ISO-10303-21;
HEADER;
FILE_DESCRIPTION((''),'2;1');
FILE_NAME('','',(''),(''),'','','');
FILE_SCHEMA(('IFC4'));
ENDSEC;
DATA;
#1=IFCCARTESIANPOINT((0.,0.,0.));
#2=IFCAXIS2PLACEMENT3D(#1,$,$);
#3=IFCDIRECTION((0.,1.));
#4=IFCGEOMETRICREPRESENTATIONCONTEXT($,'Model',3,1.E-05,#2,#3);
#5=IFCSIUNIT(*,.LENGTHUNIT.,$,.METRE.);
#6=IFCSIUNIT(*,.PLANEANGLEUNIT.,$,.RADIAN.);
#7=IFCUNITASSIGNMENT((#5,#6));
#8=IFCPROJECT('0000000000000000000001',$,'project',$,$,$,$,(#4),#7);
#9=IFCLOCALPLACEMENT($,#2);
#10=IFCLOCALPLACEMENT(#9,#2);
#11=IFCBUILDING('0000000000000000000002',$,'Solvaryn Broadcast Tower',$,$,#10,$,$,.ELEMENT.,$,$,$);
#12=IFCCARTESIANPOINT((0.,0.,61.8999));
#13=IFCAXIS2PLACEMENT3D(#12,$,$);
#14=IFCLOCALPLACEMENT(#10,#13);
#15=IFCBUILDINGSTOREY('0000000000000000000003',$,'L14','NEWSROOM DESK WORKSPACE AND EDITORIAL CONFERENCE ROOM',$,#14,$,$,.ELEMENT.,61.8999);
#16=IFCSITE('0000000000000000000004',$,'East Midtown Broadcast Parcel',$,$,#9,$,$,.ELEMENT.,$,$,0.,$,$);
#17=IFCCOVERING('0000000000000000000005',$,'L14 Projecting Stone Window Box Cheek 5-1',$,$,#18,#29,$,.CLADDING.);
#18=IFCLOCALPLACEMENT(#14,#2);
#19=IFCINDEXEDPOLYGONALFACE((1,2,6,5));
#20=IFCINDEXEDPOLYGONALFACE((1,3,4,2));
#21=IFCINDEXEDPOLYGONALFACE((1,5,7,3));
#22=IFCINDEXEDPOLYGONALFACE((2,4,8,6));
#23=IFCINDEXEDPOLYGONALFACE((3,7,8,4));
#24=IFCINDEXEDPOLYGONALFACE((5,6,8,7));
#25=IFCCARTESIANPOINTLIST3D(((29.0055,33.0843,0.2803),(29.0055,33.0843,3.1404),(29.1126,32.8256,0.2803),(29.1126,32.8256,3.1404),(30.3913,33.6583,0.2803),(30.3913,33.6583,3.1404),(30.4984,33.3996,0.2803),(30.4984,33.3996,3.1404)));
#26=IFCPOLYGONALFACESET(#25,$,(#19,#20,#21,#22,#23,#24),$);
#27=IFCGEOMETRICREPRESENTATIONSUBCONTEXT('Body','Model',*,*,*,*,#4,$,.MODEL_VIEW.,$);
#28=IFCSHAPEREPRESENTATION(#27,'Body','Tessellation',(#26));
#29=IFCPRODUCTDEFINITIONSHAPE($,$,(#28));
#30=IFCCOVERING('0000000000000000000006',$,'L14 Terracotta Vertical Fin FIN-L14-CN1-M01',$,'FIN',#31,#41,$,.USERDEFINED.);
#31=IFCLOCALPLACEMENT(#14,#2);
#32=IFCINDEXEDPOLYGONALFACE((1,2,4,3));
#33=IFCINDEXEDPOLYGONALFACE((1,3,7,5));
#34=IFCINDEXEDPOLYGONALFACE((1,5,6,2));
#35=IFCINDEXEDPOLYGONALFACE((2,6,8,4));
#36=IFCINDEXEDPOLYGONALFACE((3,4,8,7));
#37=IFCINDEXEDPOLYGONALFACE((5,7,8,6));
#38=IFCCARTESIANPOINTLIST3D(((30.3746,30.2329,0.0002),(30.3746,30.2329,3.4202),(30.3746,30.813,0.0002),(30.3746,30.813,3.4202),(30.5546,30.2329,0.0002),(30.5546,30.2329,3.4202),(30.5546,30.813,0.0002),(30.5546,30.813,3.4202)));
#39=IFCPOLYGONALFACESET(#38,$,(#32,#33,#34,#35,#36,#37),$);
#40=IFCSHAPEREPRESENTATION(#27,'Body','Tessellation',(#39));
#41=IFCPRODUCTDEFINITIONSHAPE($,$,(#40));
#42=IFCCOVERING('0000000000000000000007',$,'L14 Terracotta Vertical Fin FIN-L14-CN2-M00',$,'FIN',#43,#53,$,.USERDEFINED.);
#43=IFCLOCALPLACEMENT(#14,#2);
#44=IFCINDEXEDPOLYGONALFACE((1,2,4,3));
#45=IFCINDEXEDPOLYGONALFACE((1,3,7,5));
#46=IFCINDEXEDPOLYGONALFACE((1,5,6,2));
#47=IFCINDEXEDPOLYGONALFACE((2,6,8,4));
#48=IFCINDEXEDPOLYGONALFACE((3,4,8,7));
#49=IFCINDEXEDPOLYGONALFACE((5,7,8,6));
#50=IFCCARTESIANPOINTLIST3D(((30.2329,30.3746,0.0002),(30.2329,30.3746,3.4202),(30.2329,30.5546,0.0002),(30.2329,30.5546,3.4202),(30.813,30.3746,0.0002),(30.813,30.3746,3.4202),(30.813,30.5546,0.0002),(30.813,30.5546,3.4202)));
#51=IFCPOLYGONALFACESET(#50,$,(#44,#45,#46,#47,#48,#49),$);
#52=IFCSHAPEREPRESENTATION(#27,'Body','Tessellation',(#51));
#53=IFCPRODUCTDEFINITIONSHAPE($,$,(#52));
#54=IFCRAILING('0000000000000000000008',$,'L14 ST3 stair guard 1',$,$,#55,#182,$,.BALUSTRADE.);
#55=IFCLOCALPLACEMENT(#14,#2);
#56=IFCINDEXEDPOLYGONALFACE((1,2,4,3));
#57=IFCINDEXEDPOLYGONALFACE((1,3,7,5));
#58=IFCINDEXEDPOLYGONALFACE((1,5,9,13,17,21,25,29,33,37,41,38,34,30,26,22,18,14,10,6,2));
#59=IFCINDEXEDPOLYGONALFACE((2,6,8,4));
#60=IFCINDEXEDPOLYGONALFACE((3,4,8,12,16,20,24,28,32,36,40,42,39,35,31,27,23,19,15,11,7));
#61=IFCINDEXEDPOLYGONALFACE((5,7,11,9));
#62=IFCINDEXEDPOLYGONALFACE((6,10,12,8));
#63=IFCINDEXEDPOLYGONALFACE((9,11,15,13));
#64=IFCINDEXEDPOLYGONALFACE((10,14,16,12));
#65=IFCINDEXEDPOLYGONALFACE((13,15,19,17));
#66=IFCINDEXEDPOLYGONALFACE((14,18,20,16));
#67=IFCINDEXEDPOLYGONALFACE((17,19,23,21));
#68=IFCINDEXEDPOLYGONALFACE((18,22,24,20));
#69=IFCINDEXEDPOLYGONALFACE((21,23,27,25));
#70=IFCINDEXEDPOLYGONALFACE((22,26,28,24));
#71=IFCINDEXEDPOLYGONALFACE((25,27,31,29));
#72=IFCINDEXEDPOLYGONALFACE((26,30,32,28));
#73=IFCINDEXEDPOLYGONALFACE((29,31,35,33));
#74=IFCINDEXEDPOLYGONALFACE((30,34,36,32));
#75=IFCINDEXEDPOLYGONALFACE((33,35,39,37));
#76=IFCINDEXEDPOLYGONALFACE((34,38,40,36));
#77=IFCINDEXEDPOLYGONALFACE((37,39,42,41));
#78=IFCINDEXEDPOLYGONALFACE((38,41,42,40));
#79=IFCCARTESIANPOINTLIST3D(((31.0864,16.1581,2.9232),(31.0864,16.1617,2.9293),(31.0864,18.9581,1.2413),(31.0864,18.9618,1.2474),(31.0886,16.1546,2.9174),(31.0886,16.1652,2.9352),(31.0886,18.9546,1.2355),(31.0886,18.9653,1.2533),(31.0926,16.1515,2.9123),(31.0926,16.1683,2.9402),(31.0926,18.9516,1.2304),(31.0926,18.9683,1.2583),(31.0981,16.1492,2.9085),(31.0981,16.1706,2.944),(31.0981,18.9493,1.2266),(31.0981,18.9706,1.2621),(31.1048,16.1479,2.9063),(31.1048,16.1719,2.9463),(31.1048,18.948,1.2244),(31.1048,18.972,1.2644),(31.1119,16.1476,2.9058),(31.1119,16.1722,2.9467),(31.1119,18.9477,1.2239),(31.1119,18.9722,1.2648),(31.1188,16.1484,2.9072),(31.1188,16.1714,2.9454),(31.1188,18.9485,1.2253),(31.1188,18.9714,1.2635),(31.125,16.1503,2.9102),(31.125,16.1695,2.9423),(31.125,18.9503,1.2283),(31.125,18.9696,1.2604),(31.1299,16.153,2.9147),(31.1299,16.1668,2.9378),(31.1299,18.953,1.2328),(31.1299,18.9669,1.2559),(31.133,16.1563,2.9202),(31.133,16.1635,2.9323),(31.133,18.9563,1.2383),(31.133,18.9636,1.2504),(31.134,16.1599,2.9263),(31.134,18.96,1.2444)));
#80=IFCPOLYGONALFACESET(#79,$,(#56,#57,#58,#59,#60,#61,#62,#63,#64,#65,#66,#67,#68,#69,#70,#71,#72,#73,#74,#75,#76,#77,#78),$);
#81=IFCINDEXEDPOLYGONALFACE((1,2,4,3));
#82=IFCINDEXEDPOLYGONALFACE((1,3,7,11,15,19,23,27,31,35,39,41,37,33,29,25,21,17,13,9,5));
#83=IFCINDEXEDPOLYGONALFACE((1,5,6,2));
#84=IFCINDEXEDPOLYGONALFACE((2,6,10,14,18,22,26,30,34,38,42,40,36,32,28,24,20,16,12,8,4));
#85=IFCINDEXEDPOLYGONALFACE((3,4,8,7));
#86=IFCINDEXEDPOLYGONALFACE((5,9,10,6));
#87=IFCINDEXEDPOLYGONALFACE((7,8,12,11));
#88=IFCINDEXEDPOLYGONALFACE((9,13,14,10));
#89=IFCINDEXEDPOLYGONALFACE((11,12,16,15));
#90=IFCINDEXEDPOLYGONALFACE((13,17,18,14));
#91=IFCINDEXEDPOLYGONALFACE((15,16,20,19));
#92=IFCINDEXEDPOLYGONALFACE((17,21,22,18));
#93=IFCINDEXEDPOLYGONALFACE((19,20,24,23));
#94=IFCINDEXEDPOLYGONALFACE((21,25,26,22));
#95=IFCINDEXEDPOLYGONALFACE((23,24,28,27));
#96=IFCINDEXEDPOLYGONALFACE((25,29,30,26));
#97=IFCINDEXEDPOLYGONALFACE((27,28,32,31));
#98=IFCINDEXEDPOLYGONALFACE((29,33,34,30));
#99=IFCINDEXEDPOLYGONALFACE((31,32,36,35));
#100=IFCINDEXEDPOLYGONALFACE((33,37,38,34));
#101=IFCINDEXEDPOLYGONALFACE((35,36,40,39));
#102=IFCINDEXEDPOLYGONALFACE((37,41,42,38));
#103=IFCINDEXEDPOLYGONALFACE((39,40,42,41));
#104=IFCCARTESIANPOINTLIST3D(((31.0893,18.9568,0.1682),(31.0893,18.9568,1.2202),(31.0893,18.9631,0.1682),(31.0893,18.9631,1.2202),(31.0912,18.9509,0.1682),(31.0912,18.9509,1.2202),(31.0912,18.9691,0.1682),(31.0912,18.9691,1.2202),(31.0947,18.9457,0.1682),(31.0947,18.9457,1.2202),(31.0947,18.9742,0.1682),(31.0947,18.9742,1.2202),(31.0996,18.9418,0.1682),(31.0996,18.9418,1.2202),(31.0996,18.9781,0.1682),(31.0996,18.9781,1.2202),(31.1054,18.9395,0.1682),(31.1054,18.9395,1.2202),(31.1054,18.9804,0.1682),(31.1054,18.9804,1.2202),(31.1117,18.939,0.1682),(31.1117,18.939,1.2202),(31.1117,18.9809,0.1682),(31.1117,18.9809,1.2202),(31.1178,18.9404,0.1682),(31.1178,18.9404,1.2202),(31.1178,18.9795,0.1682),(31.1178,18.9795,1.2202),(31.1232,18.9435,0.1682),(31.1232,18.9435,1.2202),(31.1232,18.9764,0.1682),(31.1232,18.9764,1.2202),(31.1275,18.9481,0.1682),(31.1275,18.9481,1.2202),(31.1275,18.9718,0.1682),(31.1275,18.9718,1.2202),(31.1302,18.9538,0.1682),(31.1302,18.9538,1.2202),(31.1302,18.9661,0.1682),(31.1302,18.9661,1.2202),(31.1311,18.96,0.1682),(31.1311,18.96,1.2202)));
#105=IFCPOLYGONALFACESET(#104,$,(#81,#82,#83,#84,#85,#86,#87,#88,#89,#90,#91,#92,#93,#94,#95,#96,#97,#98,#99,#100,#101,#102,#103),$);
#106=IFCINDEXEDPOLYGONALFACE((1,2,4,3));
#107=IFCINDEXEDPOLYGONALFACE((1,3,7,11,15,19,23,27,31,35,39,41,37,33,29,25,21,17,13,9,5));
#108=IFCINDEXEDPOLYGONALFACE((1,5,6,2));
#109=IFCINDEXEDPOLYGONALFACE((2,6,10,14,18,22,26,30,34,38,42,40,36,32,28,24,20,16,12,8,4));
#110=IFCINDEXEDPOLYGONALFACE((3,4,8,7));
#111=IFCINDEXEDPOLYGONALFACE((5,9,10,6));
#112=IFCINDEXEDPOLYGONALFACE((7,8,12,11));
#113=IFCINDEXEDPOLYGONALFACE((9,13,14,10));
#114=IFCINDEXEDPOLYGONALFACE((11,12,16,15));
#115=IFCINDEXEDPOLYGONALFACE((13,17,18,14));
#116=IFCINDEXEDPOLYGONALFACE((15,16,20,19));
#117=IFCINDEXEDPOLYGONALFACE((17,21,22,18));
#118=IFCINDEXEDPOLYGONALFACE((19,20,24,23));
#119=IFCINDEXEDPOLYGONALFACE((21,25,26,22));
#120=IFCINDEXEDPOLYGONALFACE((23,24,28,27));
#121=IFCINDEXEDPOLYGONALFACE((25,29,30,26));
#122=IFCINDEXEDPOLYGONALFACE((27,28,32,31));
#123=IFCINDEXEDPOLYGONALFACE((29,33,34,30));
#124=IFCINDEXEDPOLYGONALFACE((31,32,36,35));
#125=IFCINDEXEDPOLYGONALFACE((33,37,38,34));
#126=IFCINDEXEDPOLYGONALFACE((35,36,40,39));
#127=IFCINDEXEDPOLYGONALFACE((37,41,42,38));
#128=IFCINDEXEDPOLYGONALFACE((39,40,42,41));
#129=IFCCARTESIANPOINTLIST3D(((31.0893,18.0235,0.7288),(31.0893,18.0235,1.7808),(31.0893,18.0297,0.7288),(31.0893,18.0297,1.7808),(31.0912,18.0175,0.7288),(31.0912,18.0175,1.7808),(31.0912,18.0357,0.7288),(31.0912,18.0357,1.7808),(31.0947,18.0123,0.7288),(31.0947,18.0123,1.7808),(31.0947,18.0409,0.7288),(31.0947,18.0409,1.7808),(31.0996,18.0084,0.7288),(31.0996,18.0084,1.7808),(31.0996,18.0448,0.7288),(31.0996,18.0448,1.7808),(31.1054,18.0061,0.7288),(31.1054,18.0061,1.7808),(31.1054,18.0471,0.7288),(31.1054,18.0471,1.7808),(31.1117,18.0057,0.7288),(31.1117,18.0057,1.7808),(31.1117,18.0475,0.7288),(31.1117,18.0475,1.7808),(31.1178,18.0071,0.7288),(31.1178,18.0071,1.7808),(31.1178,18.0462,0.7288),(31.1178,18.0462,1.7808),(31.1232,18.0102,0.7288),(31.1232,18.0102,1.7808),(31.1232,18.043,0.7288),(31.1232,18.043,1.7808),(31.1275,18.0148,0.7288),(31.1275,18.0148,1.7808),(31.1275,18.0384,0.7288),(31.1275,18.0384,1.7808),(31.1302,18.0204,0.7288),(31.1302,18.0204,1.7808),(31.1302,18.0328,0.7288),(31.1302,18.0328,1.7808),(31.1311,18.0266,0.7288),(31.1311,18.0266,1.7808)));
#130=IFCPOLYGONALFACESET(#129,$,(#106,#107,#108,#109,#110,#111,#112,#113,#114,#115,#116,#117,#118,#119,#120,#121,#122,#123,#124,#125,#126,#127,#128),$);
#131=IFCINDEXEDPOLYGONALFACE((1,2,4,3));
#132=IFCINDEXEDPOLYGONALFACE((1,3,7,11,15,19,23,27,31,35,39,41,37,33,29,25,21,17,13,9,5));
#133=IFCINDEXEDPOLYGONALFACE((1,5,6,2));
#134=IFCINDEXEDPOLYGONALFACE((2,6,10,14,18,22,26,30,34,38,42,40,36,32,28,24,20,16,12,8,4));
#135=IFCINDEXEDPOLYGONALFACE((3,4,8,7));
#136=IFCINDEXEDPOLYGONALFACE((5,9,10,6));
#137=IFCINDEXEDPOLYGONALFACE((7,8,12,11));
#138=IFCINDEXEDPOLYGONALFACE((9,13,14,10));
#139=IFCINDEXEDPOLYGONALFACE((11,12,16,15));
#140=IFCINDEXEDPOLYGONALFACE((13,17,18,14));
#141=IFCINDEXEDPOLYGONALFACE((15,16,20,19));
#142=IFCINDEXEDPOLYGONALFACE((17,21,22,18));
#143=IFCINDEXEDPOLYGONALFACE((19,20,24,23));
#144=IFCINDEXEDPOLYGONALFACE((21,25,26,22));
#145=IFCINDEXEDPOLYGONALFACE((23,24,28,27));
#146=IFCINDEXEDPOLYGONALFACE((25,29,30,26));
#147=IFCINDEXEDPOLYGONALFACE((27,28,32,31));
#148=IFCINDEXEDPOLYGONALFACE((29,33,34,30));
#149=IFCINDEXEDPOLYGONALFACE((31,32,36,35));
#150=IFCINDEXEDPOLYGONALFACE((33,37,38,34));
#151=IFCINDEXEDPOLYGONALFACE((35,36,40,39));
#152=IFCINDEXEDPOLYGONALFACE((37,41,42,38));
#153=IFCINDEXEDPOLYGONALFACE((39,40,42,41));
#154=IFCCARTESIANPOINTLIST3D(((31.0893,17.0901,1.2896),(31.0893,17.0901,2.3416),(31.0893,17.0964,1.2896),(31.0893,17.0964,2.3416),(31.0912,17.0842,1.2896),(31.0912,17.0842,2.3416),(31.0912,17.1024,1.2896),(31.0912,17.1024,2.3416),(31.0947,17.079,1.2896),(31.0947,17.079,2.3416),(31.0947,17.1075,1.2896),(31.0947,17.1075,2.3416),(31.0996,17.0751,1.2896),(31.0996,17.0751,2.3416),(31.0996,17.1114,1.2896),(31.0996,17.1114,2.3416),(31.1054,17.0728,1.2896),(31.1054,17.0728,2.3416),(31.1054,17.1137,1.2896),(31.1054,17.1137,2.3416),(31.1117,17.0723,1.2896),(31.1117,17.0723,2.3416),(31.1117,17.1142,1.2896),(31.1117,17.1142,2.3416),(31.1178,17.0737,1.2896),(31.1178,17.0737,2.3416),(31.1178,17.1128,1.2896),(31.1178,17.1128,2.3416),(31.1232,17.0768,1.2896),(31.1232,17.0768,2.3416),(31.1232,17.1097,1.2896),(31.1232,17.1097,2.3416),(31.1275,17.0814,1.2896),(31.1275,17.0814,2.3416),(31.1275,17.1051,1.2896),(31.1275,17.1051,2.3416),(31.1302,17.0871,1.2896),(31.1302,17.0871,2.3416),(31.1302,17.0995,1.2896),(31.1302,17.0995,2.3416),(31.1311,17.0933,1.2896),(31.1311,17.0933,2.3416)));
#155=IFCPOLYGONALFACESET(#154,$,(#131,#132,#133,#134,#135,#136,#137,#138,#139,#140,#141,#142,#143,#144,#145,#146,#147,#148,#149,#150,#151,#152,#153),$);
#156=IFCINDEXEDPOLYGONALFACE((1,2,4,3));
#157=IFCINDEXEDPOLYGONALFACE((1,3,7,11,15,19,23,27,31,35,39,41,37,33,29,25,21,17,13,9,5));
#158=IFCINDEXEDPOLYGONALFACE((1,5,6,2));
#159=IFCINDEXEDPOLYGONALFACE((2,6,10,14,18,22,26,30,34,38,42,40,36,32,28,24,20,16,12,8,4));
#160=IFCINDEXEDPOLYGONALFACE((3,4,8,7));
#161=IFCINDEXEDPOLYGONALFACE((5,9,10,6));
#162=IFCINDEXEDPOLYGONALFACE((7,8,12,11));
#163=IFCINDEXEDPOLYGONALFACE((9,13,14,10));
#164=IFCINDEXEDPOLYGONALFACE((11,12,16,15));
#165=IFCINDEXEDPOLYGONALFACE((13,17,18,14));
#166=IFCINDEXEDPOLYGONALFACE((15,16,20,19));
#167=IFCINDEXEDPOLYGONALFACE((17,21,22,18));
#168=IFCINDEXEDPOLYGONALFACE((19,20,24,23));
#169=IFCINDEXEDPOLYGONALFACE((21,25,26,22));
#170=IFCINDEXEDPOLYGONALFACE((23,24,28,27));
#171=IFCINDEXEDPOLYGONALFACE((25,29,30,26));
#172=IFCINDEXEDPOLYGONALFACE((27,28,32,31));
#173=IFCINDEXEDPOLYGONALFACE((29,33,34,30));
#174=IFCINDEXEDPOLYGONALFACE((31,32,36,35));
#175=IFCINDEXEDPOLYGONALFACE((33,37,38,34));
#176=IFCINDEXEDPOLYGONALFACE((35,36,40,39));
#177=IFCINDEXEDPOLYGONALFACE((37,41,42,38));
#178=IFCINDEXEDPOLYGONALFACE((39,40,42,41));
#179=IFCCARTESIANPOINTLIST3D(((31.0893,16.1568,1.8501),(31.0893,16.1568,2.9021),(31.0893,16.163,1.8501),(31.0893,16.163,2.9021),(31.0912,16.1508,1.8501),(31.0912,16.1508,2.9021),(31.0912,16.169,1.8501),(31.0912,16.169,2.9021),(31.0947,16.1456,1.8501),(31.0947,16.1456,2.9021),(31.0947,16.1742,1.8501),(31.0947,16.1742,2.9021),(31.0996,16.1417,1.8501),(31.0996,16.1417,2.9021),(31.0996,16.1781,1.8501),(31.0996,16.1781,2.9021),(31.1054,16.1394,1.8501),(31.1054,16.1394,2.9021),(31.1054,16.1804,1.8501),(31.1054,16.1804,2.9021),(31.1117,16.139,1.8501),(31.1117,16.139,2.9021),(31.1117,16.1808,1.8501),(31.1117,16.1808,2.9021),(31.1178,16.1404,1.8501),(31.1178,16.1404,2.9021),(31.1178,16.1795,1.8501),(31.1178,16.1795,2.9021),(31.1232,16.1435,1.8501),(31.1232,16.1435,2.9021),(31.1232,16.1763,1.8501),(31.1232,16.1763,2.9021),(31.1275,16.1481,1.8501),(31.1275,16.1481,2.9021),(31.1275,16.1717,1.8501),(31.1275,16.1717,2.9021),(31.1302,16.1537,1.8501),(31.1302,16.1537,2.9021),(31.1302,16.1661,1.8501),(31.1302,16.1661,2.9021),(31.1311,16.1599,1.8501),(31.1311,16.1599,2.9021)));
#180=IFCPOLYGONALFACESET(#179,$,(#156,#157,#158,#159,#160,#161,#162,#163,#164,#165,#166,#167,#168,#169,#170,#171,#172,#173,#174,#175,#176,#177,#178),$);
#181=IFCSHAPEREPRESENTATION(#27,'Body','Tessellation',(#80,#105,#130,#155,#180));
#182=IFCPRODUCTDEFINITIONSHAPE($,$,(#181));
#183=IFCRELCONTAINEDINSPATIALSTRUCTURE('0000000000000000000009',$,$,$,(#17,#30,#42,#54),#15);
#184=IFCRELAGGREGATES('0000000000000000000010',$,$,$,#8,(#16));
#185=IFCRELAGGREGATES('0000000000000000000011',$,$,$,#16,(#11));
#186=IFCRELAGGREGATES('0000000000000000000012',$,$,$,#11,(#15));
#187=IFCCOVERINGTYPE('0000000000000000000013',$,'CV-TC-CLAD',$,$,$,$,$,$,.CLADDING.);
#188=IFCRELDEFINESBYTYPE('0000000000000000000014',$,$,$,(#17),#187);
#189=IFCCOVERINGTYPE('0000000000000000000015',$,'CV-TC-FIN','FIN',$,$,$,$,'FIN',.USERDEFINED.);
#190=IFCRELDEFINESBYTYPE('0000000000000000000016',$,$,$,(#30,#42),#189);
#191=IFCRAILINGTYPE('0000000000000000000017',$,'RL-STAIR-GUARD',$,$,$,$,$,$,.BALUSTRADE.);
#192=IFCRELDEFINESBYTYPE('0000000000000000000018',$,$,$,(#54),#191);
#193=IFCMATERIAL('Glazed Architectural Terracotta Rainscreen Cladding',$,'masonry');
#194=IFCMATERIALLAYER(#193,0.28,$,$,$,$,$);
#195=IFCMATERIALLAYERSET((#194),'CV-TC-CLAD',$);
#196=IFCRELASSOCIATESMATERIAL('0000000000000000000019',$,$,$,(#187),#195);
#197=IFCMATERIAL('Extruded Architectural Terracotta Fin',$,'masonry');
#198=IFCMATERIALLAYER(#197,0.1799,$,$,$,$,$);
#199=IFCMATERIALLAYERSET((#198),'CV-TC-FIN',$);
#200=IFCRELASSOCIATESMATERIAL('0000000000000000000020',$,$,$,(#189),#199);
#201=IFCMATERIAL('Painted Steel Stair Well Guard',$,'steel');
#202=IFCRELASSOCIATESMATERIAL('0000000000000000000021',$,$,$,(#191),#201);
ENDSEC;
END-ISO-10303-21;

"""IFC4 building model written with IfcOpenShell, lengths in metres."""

from ifc_helpers import new_model, si_unit, direction, frame, origin, origin_2d, place, context, subcontext, project, spatial, rectangle, circle, extrude, material, layer, layer_set, type_object, element, save


model = new_model("IFC4")

# Units and contexts
model_context = context("Model", 3, precision=1e-05, world=origin(), true_north=direction((0.0, 1.0)))
body_context = subcontext(model_context, "Body", "Model", "MODEL_VIEW")
ifc_project = project(units=[si_unit("LENGTHUNIT", "METRE"), si_unit("PLANEANGLEUNIT", "RADIAN")], contexts=[model_context])

# Site, building, storey
site_placement = place(None, origin())
site = spatial("IfcSite", under=ifc_project, at=site_placement, Name="East Midtown Broadcast Parcel", CompositionType="ELEMENT", RefElevation=0.0)
building_placement = place(site_placement, origin())
building = spatial("IfcBuilding", under=site, at=building_placement, Name="Solvaryn Broadcast Tower", CompositionType="ELEMENT")
storey_placement = place(building_placement, frame((0.0, 0.0, 61.8999)))
storey = spatial("IfcBuildingStorey", under=building, at=storey_placement, Name="L14", Description="NEWSROOM DESK WORKSPACE AND EDITORIAL CONFERENCE ROOM", CompositionType="ELEMENT", Elevation=61.8999)

# Coverings
ifc_material_1 = material(Name="Glazed Architectural Terracotta Rainscreen Cladding", Category="masonry")
ifc_layer_1 = layer(ifc_material_1, 0.28)
ifc_layer_set_1 = layer_set([ifc_layer_1], Name="CV-TC-CLAD")
covering_type_1 = type_object("IfcCoveringType", Name="CV-TC-CLAD", PredefinedType="CLADDING", material=ifc_layer_set_1)
covering_1_placement = place(storey_placement, frame((29.752, 33.2419, 0.2803), z_axis=(0.0, 0.0, 1.0), x_axis=(-0.382683, 0.92388, 0.0)))
element("IfcCovering", 1, at=covering_1_placement, inside=storey, type_object=covering_type_1, Name="L14 Projecting Stone Window Box Cheek 5-1", PredefinedType="CLADDING", context=body_context, shape_type="SweptSolid", body=[
    extrude(rectangle(XDim=0.28, YDim=1.5, at=origin_2d()), origin(), (0.0, 0.0, 1.0), 2.8601),
])
ifc_material_2 = material(Name="Extruded Architectural Terracotta Fin", Category="masonry")
ifc_layer_2 = layer(ifc_material_2, 0.1799)
ifc_layer_set_2 = layer_set([ifc_layer_2], Name="CV-TC-FIN")
covering_type_2 = type_object("IfcCoveringType", Name="CV-TC-FIN", Description="FIN", ElementType="FIN", PredefinedType="USERDEFINED", material=ifc_layer_set_2)
covering_2_placement = place(storey_placement, frame((30.4646, 30.5229, 0.0002), z_axis=(0.0, 0.0, 1.0), x_axis=(1.0, 0.0, 0.0)))
element("IfcCovering", 2, at=covering_2_placement, inside=storey, type_object=covering_type_2, Name="L14 Terracotta Vertical Fin FIN-L14-CN1-M01", ObjectType="FIN", PredefinedType="USERDEFINED", context=body_context, shape_type="SweptSolid", body=[
    extrude(rectangle(XDim=0.1799, YDim=0.5801, at=origin_2d()), origin(), (0.0, 0.0, 1.0), 3.4199),
])
covering_3_placement = place(storey_placement, frame((30.5229, 30.4646, 0.0002), z_axis=(0.0, 0.0, 1.0), x_axis=(1.0, 0.0, 0.0)))
element("IfcCovering", 3, at=covering_3_placement, inside=storey, type_object=covering_type_2, Name="L14 Terracotta Vertical Fin FIN-L14-CN2-M00", ObjectType="FIN", PredefinedType="USERDEFINED", context=body_context, shape_type="SweptSolid", body=[
    extrude(rectangle(XDim=0.5801, YDim=0.1799, at=origin_2d()), origin(), (0.0, 0.0, 1.0), 3.4199),
])

# Railing
ifc_material_3 = material(Name="Painted Steel Stair Well Guard", Category="steel")
railing_type_1 = type_object("IfcRailingType", Name="RL-STAIR-GUARD", PredefinedType="BALUSTRADE", material=ifc_material_3)
railing_1_placement = place(storey_placement, frame((31.1101, 18.96, 0.1682)))
element("IfcRailing", 4, at=railing_1_placement, inside=storey, type_object=railing_type_1, Name="L14 ST3 stair guard 1", PredefinedType="BALUSTRADE", context=body_context, shape_type="SweptSolid", body=[
    extrude(circle(Radius=0.0239, at=origin_2d()), frame((0.0, 0.0, 1.0762), z_axis=(0.0, -0.857242, 0.514913), x_axis=(1.0, 0.0, 0.0)), (0.0, 0.0, 1.0), 3.2664),
    extrude(circle(Radius=0.021, at=origin_2d()), origin(), (0.0, 0.0, 1.0), 1.052),
    extrude(circle(Radius=0.021, at=origin_2d()), frame((0.0, -0.9333, 0.5605)), (0.0, 0.0, 1.0), 1.052),
    extrude(circle(Radius=0.021, at=origin_2d()), frame((0.0, -1.8667, 1.1213)), (0.0, 0.0, 1.0), 1.052),
    extrude(circle(Radius=0.021, at=origin_2d()), frame((0.0, -2.8, 1.6819)), (0.0, 0.0, 1.0), 1.052),
])

save(model, "model.ifc")
